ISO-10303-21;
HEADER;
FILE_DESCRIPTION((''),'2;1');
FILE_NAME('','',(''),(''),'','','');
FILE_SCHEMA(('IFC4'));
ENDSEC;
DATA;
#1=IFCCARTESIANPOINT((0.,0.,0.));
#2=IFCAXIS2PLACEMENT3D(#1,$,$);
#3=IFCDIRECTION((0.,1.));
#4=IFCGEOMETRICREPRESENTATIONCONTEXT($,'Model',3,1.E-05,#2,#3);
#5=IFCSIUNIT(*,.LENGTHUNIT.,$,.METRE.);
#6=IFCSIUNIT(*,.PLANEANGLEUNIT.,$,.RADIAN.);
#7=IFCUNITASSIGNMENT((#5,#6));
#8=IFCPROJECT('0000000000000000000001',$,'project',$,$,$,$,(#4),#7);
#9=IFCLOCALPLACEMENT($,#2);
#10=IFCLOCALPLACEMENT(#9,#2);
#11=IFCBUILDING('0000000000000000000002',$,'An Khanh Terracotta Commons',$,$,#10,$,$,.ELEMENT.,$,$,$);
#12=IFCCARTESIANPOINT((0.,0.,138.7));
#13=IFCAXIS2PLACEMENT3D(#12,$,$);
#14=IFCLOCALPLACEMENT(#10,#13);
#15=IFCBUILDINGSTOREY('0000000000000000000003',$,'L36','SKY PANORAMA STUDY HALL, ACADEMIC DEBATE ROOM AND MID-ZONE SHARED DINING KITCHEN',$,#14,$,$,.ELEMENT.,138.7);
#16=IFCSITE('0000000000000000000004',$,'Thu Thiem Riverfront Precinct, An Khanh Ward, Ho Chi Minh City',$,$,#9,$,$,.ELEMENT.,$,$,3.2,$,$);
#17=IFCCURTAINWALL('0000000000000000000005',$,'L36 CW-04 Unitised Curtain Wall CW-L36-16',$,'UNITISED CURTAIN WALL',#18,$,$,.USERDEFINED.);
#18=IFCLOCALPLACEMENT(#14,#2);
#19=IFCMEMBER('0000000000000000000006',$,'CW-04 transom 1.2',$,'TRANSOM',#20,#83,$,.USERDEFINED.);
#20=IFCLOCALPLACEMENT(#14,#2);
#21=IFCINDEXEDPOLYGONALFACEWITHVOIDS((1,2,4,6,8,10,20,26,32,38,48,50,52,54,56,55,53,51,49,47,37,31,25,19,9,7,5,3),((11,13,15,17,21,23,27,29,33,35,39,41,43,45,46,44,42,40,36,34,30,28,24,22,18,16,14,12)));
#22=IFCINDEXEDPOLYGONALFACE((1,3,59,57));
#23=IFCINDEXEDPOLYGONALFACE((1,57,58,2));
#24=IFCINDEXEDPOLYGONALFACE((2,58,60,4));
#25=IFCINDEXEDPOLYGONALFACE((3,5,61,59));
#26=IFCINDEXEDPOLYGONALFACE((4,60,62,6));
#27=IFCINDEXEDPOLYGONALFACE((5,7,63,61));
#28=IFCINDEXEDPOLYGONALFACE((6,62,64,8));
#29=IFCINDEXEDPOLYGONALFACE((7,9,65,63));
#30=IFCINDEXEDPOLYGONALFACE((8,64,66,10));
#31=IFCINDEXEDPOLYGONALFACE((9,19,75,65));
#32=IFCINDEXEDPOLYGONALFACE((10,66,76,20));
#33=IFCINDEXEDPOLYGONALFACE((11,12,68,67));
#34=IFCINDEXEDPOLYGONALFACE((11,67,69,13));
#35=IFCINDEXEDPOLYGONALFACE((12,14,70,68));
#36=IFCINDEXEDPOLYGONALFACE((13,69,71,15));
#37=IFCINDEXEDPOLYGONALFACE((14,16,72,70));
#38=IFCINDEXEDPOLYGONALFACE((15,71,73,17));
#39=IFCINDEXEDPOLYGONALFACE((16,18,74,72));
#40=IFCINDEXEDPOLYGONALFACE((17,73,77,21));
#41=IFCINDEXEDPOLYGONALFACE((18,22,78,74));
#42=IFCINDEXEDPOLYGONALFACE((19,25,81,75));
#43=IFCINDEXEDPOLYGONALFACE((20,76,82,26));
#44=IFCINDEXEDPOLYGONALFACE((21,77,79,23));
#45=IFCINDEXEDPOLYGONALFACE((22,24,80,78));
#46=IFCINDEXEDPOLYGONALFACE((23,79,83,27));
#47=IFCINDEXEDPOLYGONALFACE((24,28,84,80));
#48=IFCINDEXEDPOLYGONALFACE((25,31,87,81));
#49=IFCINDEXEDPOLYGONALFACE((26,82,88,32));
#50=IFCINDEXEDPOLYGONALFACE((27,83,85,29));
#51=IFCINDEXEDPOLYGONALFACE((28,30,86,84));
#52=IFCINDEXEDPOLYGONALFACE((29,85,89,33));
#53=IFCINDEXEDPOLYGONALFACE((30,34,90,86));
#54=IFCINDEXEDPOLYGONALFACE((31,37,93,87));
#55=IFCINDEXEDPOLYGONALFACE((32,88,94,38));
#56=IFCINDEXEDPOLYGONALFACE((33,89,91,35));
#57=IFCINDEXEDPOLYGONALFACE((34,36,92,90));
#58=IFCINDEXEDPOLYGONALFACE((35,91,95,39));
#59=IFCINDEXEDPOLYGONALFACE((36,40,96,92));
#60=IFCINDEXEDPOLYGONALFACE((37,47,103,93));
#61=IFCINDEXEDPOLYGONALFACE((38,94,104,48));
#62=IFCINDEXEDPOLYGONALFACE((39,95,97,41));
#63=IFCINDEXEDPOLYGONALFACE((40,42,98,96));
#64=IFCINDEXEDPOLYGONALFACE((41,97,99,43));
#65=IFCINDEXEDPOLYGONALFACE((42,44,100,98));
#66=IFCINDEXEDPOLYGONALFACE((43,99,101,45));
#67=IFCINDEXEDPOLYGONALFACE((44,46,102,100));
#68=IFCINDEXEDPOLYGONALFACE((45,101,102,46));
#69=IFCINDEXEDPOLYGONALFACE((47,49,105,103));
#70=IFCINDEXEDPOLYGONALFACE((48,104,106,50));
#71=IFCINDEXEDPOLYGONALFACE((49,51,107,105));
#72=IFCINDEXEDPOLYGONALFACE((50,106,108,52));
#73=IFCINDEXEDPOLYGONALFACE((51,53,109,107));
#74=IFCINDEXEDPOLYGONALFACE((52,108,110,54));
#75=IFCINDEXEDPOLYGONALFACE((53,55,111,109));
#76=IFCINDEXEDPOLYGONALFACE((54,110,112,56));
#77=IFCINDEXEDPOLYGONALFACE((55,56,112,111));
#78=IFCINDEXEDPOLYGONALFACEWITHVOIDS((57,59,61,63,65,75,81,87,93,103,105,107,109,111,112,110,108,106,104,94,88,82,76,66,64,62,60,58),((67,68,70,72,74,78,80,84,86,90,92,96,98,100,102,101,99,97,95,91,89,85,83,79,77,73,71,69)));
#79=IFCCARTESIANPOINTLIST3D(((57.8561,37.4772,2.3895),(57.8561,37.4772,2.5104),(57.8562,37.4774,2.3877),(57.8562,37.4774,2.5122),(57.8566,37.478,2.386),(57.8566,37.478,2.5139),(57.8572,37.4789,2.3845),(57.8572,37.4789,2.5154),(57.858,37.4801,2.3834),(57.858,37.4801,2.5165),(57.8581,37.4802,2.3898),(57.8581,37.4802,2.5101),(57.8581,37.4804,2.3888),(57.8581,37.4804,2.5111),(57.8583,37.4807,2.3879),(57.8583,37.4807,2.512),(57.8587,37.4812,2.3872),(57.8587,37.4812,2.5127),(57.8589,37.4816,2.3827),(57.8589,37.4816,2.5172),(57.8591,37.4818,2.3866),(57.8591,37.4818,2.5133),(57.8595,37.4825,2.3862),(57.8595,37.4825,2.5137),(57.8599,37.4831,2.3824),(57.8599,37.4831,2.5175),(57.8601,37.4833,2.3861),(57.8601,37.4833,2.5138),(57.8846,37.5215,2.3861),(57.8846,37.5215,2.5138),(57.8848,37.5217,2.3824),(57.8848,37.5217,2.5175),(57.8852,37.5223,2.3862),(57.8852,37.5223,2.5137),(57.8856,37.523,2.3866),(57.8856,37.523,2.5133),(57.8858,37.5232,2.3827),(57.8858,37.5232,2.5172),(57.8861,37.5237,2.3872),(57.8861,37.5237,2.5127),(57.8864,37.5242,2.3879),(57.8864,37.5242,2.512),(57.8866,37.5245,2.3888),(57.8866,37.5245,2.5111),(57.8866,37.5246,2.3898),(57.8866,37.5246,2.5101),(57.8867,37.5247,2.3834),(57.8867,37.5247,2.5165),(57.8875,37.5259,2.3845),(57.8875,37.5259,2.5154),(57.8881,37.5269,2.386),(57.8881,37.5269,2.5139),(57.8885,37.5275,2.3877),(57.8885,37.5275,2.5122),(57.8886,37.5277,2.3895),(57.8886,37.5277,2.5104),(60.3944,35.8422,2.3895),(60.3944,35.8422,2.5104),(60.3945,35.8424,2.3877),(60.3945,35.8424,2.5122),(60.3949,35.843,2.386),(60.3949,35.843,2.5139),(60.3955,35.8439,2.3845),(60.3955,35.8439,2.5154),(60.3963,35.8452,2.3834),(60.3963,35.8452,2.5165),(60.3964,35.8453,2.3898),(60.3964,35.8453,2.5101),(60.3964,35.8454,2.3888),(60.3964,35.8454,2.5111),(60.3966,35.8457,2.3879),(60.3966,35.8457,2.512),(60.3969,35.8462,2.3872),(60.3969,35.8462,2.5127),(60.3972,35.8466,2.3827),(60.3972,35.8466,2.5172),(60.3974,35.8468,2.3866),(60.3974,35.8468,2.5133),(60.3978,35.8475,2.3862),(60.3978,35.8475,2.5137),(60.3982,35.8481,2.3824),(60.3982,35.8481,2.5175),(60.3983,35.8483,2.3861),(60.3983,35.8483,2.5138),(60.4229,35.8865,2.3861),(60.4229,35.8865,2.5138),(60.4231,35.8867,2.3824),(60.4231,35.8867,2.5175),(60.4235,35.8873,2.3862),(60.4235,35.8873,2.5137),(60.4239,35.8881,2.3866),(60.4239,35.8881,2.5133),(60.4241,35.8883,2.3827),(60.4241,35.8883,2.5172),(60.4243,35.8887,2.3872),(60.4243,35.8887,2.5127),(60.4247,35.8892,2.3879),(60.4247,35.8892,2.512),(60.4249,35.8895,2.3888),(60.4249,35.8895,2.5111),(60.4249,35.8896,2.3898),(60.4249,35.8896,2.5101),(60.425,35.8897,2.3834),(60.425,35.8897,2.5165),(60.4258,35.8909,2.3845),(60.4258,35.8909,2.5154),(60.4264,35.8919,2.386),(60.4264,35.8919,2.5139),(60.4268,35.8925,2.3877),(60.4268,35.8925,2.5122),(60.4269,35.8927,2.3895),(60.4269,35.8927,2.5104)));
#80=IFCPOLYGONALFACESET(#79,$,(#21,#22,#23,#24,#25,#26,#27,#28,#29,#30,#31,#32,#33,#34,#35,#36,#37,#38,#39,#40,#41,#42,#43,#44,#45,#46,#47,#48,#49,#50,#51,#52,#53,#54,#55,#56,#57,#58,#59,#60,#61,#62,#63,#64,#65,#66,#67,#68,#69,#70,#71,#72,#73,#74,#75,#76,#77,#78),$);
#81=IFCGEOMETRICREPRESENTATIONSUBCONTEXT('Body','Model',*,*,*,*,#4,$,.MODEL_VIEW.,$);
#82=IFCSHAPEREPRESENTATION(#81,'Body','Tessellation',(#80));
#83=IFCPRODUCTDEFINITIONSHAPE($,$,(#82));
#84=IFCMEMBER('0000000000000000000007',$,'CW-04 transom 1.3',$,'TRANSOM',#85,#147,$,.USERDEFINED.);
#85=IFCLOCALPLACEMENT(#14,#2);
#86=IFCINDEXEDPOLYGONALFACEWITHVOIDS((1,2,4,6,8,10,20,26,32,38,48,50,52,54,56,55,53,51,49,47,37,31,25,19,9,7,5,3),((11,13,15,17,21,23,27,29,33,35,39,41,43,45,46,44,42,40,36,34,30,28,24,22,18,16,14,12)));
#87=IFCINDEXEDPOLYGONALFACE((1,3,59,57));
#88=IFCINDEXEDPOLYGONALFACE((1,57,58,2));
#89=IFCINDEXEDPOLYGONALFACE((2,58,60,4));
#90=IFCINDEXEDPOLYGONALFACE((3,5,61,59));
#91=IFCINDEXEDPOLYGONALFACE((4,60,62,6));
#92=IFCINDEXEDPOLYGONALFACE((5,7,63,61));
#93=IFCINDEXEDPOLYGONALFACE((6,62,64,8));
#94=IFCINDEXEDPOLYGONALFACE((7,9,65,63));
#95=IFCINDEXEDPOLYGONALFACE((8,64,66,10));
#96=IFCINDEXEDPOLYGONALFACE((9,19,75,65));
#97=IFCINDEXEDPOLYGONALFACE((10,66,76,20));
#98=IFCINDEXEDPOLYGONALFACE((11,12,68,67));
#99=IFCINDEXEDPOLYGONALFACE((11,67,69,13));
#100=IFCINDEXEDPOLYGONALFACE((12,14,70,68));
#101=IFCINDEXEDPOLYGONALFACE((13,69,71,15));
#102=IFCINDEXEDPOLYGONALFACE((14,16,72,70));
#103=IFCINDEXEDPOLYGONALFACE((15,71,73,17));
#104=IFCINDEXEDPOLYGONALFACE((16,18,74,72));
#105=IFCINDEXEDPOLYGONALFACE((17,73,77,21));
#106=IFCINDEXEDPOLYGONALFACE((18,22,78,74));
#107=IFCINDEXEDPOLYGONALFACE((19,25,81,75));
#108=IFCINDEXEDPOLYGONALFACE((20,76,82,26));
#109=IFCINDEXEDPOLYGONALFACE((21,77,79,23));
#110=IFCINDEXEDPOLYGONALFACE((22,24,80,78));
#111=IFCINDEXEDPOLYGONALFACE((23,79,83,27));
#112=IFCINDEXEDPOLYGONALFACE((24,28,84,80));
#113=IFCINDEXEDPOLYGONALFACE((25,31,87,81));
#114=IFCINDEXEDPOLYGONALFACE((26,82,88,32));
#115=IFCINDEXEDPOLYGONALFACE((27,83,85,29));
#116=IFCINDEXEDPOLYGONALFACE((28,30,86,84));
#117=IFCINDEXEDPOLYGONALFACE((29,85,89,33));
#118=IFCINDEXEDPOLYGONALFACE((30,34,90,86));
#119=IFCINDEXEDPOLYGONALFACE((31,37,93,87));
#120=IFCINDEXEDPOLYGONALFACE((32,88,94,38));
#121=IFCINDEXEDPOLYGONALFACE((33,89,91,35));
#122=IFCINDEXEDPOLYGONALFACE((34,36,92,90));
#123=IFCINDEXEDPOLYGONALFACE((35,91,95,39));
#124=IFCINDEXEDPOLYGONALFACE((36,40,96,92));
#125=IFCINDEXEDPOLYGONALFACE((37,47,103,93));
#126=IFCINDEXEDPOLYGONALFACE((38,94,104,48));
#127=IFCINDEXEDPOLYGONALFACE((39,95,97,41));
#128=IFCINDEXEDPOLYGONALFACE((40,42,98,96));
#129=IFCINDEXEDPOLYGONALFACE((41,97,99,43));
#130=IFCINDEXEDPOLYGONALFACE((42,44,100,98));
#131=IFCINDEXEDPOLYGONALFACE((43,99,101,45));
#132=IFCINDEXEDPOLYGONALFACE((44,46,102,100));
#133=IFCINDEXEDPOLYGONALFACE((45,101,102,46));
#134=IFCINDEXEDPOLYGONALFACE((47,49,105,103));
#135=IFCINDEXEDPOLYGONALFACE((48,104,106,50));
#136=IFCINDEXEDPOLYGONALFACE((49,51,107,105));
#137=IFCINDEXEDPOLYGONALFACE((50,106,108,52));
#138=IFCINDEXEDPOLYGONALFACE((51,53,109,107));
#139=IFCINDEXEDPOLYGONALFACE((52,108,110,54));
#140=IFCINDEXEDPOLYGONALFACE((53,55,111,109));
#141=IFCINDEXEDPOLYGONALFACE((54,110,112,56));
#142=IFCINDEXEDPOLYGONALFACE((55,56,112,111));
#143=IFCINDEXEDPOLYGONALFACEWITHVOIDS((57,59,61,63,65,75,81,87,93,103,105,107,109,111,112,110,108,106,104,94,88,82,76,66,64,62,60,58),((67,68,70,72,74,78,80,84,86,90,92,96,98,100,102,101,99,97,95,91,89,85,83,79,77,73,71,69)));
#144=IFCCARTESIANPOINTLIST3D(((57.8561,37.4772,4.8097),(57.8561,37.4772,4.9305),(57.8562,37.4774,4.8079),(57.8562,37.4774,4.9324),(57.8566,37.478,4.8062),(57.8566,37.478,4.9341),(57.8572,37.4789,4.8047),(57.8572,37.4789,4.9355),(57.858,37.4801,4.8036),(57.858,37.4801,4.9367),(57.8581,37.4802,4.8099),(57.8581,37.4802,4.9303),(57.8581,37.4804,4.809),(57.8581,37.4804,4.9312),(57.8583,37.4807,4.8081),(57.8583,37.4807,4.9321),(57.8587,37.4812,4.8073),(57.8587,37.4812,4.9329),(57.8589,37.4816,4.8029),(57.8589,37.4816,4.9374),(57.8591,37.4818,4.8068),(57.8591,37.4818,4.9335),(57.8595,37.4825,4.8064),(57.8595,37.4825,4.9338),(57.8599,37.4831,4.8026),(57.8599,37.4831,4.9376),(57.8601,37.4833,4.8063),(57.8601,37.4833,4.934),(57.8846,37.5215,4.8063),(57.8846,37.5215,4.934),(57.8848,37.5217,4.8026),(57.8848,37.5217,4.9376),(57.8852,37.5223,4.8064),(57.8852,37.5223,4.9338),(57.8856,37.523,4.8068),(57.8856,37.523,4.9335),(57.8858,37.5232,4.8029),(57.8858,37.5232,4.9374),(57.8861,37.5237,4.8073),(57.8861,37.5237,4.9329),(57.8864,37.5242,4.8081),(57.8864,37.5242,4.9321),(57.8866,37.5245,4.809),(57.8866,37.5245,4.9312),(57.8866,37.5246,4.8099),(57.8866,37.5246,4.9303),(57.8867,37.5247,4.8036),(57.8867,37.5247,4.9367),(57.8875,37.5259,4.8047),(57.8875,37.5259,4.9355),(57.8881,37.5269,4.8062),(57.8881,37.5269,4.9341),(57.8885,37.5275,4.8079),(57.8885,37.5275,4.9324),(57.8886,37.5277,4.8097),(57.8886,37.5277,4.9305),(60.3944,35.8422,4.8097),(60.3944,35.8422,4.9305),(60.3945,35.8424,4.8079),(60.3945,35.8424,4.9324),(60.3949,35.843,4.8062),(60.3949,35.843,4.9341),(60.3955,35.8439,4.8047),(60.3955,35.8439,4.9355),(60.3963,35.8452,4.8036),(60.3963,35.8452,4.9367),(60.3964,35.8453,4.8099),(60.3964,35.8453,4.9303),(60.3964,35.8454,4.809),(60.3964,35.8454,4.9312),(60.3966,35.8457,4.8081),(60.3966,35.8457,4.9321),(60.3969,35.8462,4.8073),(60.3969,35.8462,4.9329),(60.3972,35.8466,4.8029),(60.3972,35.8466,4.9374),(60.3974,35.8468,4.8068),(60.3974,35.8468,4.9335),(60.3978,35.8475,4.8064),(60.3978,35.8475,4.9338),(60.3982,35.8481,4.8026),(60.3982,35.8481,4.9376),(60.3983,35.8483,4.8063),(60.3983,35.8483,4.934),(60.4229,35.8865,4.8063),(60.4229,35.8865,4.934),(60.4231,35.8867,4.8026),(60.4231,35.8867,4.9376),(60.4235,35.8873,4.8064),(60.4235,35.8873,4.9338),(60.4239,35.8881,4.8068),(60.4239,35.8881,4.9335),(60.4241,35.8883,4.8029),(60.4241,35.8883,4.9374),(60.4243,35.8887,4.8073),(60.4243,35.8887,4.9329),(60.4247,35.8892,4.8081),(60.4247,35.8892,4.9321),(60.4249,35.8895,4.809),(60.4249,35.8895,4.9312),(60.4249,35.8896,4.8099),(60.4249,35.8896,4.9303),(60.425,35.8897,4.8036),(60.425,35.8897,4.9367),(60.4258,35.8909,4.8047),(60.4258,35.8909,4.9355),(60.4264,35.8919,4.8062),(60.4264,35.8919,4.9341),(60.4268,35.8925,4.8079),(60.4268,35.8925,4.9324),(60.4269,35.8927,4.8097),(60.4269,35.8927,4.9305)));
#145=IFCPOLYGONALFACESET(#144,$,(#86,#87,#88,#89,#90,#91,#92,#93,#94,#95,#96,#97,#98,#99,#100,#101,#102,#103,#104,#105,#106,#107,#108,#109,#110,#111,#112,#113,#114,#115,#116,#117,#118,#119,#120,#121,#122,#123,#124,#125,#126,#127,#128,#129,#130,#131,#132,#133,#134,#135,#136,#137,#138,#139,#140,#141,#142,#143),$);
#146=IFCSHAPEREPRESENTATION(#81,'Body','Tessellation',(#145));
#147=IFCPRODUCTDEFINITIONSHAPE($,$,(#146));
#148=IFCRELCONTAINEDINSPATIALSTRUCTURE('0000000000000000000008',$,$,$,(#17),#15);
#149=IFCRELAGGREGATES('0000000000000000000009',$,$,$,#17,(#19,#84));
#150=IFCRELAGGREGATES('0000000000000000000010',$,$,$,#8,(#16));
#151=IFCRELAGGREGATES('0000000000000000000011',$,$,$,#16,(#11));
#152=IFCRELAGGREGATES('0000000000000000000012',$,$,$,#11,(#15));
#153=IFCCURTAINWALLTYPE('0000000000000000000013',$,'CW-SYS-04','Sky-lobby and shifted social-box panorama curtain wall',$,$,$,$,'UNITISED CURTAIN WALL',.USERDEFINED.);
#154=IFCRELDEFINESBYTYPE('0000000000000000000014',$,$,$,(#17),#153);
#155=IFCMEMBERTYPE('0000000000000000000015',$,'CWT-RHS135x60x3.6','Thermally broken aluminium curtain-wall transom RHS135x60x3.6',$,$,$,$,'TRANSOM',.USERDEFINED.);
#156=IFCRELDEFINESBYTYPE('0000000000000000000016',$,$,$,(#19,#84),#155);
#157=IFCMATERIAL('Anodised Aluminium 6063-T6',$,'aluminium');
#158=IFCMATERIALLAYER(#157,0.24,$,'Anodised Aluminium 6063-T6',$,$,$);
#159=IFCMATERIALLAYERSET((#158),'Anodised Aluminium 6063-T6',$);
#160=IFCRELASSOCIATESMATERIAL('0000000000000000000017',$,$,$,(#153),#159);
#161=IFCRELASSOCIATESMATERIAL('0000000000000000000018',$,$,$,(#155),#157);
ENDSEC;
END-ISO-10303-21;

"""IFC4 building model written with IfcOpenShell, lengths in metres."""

from ifc_helpers import new_model, si_unit, direction, frame, origin, origin_2d, place, context, subcontext, project, spatial, hollow_rectangle, extrude, material, layer, layer_set, material_profile, profile_set, type_object, element, aggregate, save


model = new_model("IFC4")

# Units and contexts
model_context = context("Model", 3, precision=1e-05, world=origin(), true_north=direction((0.0, 1.0)))
body_context = subcontext(model_context, "Body", "Model", "MODEL_VIEW")
ifc_project = project(units=[si_unit("LENGTHUNIT", "METRE"), si_unit("PLANEANGLEUNIT", "RADIAN")], contexts=[model_context])

# Site, building, storey
site_placement = place(None, origin())
site = spatial("IfcSite", under=ifc_project, at=site_placement, Name="Thu Thiem Riverfront Precinct, An Khanh Ward, Ho Chi Minh City", CompositionType="ELEMENT", RefElevation=3.2)
building_placement = place(site_placement, origin())
building = spatial("IfcBuilding", under=site, at=building_placement, Name="An Khanh Terracotta Commons", CompositionType="ELEMENT")
storey_placement = place(building_placement, frame((0.0, 0.0, 138.7)))
storey = spatial("IfcBuildingStorey", under=building, at=storey_placement, Name="L36", Description="SKY PANORAMA STUDY HALL, ACADEMIC DEBATE ROOM AND MID-ZONE SHARED DINING KITCHEN", CompositionType="ELEMENT", Elevation=138.7)

# Curtain wall
ifc_material_1 = material(Name="Anodised Aluminium 6063-T6", Category="aluminium")
ifc_layer_1 = layer(ifc_material_1, 0.24, Name="Anodised Aluminium 6063-T6")
ifc_layer_set_1 = layer_set([ifc_layer_1], Name="Anodised Aluminium 6063-T6")
curtain_wall_type = type_object("IfcCurtainWallType", Name="CW-SYS-04", Description="Sky-lobby and shifted social-box panorama curtain wall", ElementType="UNITISED CURTAIN WALL", PredefinedType="USERDEFINED", material=ifc_layer_set_1)
curtain_wall_1_placement = place(storey_placement, origin())
curtain_wall_1 = element("IfcCurtainWall", 1, at=curtain_wall_1_placement, inside=storey, type_object=curtain_wall_type, Name="L36 CW-04 Unitised Curtain Wall CW-L36-16", ObjectType="UNITISED CURTAIN WALL", PredefinedType="USERDEFINED")

# Members
ifc_material_profile_1 = material_profile(ifc_material_1, hollow_rectangle(XDim=0.0601, YDim=0.135, WallThickness=0.0037, InnerFilletRadius=0.0037, OuterFilletRadius=0.0071, at=origin_2d()), Name="RHS135x60x3.6")
ifc_profile_set_1 = profile_set([ifc_material_profile_1], Name="Anodised Aluminium 6063-T6")
member_type_1 = type_object("IfcMemberType", Name="CWT-RHS135x60x3.6", Description="Thermally broken aluminium curtain-wall transom RHS135x60x3.6", ElementType="TRANSOM", PredefinedType="USERDEFINED", material=ifc_profile_set_1)
member_1_placement = place(storey_placement, frame((60.4106, 35.8674, 2.45), z_axis=(-0.840692, 0.541513, 0.0), x_axis=(-0.541513, -0.840692, 0.0)))
member_1 = element("IfcMember", 2, at=member_1_placement, type_object=member_type_1, Name="CW-04 transom 1.2", ObjectType="TRANSOM", PredefinedType="USERDEFINED", context=body_context, shape_type="SweptSolid", body=[
    extrude(hollow_rectangle(XDim=0.0601, YDim=0.135, WallThickness=0.0037, InnerFilletRadius=0.0037, OuterFilletRadius=0.0071, at=origin_2d()), origin(), (0.0, 0.0, 1.0), 3.0193),
])
member_2_placement = place(storey_placement, frame((60.4106, 35.8674, 4.8701), z_axis=(-0.840692, 0.541513, 0.0), x_axis=(-0.541513, -0.840692, 0.0)))
member_2 = element("IfcMember", 3, at=member_2_placement, type_object=member_type_1, Name="CW-04 transom 1.3", ObjectType="TRANSOM", PredefinedType="USERDEFINED", context=body_context, shape_type="SweptSolid", body=[
    extrude(hollow_rectangle(XDim=0.0601, YDim=0.135, WallThickness=0.0037, InnerFilletRadius=0.0037, OuterFilletRadius=0.0071, at=origin_2d()), origin(), (0.0, 0.0, 1.0), 3.0193),
])

aggregate(curtain_wall_1, [member_1, member_2])

save(model, "model.ifc")
